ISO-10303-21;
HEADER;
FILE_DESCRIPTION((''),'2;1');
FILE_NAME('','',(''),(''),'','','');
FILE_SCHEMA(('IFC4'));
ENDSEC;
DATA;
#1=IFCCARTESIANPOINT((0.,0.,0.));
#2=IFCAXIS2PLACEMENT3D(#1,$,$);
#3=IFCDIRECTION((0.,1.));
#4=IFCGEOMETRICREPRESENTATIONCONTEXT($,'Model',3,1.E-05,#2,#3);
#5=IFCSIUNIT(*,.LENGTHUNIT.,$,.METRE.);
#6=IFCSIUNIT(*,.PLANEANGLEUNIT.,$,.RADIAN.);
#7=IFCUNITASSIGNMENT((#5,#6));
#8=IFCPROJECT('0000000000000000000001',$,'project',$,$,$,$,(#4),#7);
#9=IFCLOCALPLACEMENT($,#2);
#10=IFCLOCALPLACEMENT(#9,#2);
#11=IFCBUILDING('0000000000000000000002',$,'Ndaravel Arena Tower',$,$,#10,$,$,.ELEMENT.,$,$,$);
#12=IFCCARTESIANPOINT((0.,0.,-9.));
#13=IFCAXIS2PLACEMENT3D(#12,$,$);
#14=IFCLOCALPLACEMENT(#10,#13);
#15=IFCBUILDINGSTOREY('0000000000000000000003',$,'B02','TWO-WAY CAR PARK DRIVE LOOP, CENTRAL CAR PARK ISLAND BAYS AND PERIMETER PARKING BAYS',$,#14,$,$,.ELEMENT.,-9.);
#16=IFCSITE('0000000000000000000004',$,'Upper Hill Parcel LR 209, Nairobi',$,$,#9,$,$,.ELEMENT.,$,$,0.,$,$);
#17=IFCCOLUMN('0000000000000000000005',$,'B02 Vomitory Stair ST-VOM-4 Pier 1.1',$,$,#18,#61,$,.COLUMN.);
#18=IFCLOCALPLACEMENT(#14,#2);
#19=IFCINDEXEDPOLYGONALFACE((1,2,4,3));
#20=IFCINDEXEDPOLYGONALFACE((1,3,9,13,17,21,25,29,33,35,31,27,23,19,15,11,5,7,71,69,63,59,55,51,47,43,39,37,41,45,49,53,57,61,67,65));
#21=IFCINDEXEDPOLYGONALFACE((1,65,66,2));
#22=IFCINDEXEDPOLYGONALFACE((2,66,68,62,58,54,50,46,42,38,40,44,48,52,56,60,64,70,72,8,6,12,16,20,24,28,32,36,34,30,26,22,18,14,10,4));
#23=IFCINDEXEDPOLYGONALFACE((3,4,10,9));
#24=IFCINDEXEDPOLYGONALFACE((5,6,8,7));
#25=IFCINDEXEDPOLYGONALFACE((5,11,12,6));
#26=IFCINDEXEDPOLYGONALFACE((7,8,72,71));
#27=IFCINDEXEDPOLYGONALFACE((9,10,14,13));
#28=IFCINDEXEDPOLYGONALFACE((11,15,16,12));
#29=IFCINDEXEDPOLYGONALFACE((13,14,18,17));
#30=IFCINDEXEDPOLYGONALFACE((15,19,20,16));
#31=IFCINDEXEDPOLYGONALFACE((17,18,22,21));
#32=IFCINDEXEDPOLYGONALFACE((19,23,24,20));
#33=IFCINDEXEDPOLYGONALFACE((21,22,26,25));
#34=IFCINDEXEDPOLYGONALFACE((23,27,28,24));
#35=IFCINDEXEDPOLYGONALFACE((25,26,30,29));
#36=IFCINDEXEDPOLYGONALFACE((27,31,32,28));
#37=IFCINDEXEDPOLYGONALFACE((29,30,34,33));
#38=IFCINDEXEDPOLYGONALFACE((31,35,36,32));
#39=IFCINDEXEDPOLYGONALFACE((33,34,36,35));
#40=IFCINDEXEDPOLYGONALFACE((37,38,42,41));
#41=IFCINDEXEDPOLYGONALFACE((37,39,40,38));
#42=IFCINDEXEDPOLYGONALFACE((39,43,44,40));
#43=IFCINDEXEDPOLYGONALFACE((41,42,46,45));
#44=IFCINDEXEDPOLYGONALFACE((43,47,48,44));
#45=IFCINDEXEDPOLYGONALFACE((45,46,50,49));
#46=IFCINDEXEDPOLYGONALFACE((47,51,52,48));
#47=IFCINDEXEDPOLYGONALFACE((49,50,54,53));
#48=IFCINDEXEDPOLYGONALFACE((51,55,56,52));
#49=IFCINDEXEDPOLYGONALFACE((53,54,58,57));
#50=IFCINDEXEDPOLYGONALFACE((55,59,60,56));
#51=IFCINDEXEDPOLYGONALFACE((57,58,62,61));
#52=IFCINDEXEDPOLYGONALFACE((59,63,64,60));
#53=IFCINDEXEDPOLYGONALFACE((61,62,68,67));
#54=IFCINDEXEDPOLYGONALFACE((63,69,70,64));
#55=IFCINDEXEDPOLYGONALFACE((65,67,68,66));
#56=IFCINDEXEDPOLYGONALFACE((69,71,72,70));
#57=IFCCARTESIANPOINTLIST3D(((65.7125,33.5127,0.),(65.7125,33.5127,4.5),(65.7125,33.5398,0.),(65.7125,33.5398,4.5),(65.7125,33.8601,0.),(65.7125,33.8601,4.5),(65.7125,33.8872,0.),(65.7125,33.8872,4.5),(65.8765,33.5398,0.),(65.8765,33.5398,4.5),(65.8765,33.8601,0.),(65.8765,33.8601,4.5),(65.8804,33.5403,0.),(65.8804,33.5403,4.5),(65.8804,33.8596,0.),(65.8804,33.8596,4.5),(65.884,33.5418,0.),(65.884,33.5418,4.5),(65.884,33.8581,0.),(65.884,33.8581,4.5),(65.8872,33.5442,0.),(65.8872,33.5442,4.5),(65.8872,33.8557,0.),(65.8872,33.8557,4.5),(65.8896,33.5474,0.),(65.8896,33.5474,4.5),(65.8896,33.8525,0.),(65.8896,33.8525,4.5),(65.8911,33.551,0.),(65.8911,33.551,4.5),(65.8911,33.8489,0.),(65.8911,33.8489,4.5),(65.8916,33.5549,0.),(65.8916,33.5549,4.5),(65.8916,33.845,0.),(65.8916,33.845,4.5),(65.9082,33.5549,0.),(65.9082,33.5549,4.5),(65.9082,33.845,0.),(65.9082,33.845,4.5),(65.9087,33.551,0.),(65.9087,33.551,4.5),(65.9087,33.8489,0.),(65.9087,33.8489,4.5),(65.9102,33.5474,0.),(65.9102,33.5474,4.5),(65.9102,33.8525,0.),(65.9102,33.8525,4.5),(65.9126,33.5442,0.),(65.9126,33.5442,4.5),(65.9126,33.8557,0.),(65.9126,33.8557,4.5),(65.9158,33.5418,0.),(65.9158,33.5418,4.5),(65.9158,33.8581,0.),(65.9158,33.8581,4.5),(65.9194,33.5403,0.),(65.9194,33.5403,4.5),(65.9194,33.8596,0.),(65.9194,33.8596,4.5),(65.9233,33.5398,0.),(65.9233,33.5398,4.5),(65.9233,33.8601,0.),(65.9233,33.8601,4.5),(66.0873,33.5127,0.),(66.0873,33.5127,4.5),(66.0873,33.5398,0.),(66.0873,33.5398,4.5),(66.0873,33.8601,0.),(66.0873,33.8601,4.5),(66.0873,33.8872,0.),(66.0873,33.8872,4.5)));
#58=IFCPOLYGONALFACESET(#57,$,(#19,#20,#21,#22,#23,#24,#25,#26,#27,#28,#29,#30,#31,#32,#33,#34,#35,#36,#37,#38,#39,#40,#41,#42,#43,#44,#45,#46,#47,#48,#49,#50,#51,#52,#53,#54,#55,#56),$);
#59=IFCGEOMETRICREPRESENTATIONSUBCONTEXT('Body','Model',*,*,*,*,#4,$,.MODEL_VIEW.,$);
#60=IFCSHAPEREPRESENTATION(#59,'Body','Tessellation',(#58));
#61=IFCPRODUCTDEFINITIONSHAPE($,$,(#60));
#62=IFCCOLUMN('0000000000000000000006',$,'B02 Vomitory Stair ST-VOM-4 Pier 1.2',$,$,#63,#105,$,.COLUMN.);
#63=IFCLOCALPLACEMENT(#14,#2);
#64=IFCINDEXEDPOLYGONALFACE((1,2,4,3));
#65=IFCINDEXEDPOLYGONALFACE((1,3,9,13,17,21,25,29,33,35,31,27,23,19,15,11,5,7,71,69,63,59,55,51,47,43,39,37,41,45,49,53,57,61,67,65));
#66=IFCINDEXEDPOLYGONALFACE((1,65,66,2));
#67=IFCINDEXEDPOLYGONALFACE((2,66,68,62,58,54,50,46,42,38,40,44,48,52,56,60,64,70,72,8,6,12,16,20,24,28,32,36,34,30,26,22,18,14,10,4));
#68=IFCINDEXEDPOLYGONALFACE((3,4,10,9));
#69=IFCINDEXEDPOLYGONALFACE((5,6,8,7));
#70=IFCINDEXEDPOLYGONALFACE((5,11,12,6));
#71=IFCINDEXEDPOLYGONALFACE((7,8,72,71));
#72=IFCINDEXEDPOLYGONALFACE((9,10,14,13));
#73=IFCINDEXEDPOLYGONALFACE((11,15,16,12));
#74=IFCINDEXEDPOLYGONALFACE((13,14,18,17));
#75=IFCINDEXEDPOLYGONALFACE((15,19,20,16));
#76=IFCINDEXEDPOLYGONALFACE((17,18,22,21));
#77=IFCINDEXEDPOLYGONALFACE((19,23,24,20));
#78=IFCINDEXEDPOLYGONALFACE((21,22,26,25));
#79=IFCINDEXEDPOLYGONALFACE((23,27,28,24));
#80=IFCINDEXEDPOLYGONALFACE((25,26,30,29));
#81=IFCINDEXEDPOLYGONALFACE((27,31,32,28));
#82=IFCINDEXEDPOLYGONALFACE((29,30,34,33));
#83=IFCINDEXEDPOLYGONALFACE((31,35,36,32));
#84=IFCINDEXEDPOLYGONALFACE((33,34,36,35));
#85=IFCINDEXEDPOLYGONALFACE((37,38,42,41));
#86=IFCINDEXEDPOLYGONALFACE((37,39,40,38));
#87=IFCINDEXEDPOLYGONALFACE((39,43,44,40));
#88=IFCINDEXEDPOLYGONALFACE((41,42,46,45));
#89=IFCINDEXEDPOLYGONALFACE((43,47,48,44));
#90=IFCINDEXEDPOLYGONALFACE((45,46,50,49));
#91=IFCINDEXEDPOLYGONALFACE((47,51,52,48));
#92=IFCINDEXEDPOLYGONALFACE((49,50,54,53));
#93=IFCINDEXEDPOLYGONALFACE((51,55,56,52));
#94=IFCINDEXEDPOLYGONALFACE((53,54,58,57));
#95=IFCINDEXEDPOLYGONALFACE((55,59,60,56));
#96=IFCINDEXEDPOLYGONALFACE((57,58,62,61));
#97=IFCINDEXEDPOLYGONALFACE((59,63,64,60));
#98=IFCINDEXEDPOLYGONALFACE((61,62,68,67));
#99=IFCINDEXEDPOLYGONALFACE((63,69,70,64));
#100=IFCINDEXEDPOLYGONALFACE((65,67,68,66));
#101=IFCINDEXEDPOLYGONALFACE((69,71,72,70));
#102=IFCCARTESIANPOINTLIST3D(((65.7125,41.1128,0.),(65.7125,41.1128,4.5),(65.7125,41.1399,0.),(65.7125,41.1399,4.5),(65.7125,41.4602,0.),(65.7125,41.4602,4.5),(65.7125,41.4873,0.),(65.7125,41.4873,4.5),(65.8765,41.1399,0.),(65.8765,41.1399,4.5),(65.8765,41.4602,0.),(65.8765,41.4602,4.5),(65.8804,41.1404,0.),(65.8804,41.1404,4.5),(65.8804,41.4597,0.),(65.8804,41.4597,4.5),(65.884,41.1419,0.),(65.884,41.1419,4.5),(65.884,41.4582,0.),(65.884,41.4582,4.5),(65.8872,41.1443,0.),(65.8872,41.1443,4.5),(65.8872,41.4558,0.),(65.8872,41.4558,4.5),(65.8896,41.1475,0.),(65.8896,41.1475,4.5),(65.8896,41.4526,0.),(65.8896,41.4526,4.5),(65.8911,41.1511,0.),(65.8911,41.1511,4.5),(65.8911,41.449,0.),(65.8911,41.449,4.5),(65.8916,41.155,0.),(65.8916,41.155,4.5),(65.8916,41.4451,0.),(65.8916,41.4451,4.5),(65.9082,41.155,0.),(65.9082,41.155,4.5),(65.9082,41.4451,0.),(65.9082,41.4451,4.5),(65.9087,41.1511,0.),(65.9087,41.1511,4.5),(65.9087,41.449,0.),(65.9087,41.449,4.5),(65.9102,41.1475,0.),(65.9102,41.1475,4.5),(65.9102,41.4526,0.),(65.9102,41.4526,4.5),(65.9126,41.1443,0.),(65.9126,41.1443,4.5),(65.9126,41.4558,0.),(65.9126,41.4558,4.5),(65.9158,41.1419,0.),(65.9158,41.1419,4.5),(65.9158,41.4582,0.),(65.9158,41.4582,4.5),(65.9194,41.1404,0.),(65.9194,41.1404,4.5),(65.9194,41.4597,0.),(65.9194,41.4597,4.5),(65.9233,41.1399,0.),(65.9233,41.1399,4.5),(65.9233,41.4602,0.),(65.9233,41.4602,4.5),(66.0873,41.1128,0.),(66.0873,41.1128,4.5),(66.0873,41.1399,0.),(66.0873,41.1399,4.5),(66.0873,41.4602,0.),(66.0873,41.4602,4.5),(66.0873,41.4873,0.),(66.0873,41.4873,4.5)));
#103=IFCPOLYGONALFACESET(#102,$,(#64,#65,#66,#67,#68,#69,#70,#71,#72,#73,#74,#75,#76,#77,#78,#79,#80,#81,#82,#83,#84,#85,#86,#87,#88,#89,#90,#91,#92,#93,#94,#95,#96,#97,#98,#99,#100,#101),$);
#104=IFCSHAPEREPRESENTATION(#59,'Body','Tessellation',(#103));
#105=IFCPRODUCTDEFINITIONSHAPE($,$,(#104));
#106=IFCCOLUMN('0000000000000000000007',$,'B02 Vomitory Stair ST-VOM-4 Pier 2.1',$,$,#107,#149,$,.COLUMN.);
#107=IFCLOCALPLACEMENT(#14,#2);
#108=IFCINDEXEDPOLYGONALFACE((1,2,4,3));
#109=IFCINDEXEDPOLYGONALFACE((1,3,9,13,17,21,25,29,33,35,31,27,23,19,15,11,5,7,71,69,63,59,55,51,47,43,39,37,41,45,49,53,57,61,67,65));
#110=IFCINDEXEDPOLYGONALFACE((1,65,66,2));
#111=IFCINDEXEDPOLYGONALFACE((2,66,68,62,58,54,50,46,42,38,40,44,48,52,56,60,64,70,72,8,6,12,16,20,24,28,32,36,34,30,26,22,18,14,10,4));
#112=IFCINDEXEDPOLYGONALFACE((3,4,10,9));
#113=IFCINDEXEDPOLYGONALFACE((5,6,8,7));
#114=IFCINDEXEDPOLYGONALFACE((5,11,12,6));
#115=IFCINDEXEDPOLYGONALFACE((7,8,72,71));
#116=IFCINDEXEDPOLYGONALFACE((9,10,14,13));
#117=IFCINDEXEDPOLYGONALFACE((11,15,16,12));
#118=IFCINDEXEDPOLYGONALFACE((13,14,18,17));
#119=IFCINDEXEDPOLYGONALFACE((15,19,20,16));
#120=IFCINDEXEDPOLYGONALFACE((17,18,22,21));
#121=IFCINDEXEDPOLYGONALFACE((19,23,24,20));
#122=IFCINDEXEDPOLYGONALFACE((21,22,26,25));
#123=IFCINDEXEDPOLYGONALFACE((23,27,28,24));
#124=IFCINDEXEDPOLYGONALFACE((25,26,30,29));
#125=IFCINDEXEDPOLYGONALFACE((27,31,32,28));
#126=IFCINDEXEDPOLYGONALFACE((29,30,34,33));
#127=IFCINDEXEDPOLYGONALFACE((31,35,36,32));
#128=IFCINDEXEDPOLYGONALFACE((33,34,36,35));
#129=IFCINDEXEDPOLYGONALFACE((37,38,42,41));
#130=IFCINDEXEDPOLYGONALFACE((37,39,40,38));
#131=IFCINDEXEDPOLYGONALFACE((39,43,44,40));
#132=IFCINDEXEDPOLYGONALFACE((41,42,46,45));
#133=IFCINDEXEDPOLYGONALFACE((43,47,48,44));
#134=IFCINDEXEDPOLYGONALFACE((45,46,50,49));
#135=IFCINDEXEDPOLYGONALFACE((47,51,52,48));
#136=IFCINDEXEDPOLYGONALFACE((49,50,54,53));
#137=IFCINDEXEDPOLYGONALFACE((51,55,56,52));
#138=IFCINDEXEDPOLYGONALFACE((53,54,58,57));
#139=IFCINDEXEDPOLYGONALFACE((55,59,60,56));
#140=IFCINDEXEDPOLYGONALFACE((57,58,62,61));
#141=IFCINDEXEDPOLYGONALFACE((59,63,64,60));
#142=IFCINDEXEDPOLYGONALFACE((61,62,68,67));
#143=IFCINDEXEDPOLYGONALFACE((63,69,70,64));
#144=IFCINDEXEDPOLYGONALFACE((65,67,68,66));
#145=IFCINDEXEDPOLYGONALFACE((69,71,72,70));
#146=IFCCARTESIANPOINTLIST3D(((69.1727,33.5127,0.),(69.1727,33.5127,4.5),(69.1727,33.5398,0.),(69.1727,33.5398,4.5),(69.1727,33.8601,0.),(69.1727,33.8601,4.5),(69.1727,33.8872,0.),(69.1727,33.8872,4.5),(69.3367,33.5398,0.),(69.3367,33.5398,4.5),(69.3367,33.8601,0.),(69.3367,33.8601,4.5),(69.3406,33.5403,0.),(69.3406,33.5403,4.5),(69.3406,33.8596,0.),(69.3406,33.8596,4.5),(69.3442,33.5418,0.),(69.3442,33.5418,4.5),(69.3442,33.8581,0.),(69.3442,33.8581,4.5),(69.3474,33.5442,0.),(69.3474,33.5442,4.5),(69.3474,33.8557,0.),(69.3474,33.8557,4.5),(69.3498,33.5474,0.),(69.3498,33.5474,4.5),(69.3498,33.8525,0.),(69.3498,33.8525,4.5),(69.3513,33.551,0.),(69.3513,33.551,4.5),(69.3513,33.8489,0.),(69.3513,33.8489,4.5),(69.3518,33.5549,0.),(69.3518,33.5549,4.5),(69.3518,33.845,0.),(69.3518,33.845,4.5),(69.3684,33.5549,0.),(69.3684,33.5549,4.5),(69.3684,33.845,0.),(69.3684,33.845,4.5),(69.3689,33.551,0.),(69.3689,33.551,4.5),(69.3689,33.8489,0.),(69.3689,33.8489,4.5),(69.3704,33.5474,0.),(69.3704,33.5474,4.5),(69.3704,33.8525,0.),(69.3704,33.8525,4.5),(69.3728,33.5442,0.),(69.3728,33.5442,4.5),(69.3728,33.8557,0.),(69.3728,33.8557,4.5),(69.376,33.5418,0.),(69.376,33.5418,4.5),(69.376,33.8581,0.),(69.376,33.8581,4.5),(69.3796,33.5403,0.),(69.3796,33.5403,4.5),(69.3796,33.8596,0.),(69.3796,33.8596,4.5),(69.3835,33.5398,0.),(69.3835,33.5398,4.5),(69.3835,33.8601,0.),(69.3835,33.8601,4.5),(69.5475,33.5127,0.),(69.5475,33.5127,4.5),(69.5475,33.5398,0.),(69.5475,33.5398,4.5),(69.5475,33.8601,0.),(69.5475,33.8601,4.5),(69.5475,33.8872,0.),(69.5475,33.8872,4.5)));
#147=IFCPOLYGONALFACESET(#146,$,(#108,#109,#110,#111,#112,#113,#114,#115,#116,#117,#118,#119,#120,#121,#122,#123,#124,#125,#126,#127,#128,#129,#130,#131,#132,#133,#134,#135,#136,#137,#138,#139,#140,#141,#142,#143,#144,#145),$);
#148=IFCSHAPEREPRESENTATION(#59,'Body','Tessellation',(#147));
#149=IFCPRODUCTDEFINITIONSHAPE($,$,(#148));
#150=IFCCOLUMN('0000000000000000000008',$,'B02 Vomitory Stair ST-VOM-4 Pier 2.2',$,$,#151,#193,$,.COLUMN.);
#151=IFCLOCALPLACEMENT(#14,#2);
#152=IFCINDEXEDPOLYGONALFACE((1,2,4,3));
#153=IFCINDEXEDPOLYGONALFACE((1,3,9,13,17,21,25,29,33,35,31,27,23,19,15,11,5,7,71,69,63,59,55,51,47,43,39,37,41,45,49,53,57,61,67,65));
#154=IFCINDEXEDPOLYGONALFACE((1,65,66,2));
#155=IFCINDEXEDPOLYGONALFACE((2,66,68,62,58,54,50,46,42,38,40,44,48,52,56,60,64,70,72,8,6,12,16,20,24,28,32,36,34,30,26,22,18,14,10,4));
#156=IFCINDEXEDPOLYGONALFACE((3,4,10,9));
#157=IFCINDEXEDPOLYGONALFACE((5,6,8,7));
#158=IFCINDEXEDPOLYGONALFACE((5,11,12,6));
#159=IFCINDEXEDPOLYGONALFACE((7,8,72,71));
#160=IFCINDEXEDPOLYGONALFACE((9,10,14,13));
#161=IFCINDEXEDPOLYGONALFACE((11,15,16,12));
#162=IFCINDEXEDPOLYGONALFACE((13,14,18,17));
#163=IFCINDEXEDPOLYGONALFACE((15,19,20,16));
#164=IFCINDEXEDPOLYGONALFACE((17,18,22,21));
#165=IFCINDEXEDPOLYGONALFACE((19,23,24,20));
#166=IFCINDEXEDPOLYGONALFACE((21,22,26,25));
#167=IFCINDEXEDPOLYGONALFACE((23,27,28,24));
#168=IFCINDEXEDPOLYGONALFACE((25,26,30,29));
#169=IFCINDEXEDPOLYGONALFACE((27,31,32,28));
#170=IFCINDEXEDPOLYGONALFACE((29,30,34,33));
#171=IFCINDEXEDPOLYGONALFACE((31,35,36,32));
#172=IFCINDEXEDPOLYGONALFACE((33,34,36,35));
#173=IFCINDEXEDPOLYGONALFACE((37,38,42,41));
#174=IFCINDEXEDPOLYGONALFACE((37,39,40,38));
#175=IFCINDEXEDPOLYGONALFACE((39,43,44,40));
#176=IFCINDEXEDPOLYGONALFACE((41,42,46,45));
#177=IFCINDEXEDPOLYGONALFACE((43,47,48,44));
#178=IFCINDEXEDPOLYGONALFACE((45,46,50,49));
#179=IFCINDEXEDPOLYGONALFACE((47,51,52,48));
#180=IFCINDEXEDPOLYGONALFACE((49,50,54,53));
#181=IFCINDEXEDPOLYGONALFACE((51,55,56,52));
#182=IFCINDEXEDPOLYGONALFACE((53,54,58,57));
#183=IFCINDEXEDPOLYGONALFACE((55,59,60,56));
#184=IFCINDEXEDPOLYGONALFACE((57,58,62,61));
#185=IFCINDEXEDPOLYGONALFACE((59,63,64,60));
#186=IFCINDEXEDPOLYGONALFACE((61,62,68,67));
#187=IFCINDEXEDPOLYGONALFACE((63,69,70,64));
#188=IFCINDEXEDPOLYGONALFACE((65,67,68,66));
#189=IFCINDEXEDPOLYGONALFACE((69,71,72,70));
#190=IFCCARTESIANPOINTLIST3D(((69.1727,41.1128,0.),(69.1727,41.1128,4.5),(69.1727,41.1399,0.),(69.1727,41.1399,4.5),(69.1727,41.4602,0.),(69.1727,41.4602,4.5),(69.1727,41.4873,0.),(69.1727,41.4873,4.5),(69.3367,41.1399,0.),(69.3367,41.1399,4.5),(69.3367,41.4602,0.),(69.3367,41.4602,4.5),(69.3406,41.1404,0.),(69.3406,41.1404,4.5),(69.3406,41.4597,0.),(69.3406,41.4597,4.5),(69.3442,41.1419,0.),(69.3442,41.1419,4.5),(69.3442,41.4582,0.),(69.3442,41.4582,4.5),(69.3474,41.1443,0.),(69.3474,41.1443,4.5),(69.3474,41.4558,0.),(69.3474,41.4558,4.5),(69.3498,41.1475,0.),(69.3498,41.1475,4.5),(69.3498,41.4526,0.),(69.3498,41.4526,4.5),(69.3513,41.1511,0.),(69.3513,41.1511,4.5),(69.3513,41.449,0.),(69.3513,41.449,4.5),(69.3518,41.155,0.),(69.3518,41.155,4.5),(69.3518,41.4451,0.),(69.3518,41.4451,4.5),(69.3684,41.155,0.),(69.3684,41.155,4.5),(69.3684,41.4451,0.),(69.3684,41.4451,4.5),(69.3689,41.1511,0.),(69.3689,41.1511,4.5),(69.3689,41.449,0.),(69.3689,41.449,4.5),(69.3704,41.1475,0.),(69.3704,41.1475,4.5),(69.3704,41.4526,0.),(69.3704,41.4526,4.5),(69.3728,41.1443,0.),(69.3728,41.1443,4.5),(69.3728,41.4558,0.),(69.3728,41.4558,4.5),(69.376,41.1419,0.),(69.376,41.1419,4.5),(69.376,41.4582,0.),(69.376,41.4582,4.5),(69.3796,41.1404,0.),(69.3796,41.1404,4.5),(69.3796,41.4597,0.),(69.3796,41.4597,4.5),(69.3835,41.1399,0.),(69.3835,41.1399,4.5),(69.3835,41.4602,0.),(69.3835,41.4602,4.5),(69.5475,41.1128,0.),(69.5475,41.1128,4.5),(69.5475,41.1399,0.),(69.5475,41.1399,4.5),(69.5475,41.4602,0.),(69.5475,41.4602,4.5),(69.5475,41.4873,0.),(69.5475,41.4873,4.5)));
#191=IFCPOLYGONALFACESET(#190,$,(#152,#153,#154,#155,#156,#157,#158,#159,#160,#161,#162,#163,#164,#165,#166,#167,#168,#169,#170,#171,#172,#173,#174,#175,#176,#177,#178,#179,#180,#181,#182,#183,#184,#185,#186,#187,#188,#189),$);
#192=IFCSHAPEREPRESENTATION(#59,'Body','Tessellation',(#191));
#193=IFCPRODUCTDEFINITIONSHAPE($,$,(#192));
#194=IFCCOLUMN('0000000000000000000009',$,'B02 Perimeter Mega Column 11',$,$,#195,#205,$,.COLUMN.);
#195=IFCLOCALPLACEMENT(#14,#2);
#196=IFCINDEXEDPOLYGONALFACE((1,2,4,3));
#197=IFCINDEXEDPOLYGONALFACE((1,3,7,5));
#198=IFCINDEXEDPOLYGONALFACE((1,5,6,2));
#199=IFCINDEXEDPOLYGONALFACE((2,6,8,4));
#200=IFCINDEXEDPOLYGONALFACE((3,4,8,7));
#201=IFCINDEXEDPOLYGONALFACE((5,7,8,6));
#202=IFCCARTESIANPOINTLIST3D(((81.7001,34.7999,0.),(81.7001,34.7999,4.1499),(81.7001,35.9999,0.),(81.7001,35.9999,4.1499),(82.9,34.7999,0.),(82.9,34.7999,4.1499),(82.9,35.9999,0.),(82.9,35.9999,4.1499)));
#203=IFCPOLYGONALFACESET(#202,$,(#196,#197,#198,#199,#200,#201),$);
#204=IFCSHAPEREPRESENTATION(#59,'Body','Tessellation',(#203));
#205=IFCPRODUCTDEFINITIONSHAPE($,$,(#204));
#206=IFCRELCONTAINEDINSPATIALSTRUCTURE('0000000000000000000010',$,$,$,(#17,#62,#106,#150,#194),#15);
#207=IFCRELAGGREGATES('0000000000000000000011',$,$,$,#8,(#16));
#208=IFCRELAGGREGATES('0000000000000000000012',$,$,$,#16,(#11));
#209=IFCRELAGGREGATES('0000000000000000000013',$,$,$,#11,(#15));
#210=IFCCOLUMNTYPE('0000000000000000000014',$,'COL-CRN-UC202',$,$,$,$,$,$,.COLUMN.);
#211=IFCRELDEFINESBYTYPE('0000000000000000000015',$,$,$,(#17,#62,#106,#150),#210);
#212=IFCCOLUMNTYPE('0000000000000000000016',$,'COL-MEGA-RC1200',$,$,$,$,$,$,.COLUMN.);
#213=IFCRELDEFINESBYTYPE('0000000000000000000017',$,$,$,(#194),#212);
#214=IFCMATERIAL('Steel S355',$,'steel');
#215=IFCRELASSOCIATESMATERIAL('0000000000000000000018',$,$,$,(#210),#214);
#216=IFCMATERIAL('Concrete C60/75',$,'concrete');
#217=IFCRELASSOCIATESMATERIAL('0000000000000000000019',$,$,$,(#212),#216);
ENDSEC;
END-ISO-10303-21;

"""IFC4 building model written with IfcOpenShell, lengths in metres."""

from ifc_helpers import new_model, si_unit, direction, frame, origin, origin_2d, place, context, subcontext, project, spatial, rectangle, i_section, extrude, material, material_profile, profile_set, type_object, element, save


model = new_model("IFC4")

# Units and contexts
model_context = context("Model", 3, precision=1e-05, world=origin(), true_north=direction((0.0, 1.0)))
body_context = subcontext(model_context, "Body", "Model", "MODEL_VIEW")
ifc_project = project(units=[si_unit("LENGTHUNIT", "METRE"), si_unit("PLANEANGLEUNIT", "RADIAN")], contexts=[model_context])

# Site, building, storey
site_placement = place(None, origin())
site = spatial("IfcSite", under=ifc_project, at=site_placement, Name="Upper Hill Parcel LR 209, Nairobi", CompositionType="ELEMENT", RefElevation=0.0)
building_placement = place(site_placement, origin())
building = spatial("IfcBuilding", under=site, at=building_placement, Name="Ndaravel Arena Tower", CompositionType="ELEMENT")
storey_placement = place(building_placement, frame((0.0, 0.0, -9.0)))
storey = spatial("IfcBuildingStorey", under=building, at=storey_placement, Name="B02", Description="TWO-WAY CAR PARK DRIVE LOOP, CENTRAL CAR PARK ISLAND BAYS AND PERIMETER PARKING BAYS", CompositionType="ELEMENT", Elevation=-9.0)

# Columns
ifc_material_1 = material(Name="Steel S355", Category="steel")
ifc_material_profile_1 = material_profile(ifc_material_1, i_section(OverallWidth=0.3748, OverallDepth=0.3745, WebThickness=0.0166, FlangeThickness=0.0271, FilletRadius=0.0151, at=origin_2d()), Name="UC 356x368x202")
ifc_profile_set_1 = profile_set([ifc_material_profile_1], Name="Steel S355")
column_type_1 = type_object("IfcColumnType", Name="COL-CRN-UC202", PredefinedType="COLUMN", material=ifc_profile_set_1)
for number, where, z_axis, x_axis, name in (
    (1, (65.8999, 33.7, 0.0), (0.0, 0.0, 1.0), (1.0, 0.0, 0.0), "B02 Vomitory Stair ST-VOM-4 Pier 1.1"),
    (2, (65.8999, 41.3, 0.0), (0.0, 0.0, 1.0), (1.0, 0.0, 0.0), "B02 Vomitory Stair ST-VOM-4 Pier 1.2"),
    (3, (69.3601, 33.7, 0.0), (0.0, 0.0, 1.0), (1.0, 0.0, 0.0), "B02 Vomitory Stair ST-VOM-4 Pier 2.1"),
    (4, (69.3601, 41.3, 0.0), (0.0, 0.0, 1.0), (1.0, 0.0, 0.0), "B02 Vomitory Stair ST-VOM-4 Pier 2.2"),
):
    element("IfcColumn", number, at=place(storey_placement, frame(where, z_axis=z_axis, x_axis=x_axis)), inside=storey, type_object=column_type_1, Name=name, PredefinedType="COLUMN", context=body_context, shape_type="SweptSolid", body=[
        extrude(i_section(OverallWidth=0.3748, OverallDepth=0.3745, WebThickness=0.0166, FlangeThickness=0.0271, FilletRadius=0.0151, at=origin_2d()), origin(), (0.0, 0.0, 1.0), 4.5),
    ])
ifc_material_2 = material(Name="Concrete C60/75", Category="concrete")
ifc_material_profile_2 = material_profile(ifc_material_2, rectangle(XDim=1.2, YDim=1.2, at=origin_2d()), Name="RC 1200x1200")
ifc_profile_set_2 = profile_set([ifc_material_profile_2], Name="Concrete C60/75")
column_type_2 = type_object("IfcColumnType", Name="COL-MEGA-RC1200", PredefinedType="COLUMN", material=ifc_profile_set_2)
for number, where, z_axis, x_axis, name in (
    (5, (82.3, 35.3999, 0.0), (0.0, 0.0, 1.0), (1.0, 0.0, 0.0), "B02 Perimeter Mega Column 11"),
):
    element("IfcColumn", number, at=place(storey_placement, frame(where, z_axis=z_axis, x_axis=x_axis)), inside=storey, type_object=column_type_2, Name=name, PredefinedType="COLUMN", context=body_context, shape_type="SweptSolid", body=[
        extrude(rectangle(XDim=1.2, YDim=1.2, at=origin_2d()), origin(), (0.0, 0.0, 1.0), 4.1499),
    ])

save(model, "model.ifc")
